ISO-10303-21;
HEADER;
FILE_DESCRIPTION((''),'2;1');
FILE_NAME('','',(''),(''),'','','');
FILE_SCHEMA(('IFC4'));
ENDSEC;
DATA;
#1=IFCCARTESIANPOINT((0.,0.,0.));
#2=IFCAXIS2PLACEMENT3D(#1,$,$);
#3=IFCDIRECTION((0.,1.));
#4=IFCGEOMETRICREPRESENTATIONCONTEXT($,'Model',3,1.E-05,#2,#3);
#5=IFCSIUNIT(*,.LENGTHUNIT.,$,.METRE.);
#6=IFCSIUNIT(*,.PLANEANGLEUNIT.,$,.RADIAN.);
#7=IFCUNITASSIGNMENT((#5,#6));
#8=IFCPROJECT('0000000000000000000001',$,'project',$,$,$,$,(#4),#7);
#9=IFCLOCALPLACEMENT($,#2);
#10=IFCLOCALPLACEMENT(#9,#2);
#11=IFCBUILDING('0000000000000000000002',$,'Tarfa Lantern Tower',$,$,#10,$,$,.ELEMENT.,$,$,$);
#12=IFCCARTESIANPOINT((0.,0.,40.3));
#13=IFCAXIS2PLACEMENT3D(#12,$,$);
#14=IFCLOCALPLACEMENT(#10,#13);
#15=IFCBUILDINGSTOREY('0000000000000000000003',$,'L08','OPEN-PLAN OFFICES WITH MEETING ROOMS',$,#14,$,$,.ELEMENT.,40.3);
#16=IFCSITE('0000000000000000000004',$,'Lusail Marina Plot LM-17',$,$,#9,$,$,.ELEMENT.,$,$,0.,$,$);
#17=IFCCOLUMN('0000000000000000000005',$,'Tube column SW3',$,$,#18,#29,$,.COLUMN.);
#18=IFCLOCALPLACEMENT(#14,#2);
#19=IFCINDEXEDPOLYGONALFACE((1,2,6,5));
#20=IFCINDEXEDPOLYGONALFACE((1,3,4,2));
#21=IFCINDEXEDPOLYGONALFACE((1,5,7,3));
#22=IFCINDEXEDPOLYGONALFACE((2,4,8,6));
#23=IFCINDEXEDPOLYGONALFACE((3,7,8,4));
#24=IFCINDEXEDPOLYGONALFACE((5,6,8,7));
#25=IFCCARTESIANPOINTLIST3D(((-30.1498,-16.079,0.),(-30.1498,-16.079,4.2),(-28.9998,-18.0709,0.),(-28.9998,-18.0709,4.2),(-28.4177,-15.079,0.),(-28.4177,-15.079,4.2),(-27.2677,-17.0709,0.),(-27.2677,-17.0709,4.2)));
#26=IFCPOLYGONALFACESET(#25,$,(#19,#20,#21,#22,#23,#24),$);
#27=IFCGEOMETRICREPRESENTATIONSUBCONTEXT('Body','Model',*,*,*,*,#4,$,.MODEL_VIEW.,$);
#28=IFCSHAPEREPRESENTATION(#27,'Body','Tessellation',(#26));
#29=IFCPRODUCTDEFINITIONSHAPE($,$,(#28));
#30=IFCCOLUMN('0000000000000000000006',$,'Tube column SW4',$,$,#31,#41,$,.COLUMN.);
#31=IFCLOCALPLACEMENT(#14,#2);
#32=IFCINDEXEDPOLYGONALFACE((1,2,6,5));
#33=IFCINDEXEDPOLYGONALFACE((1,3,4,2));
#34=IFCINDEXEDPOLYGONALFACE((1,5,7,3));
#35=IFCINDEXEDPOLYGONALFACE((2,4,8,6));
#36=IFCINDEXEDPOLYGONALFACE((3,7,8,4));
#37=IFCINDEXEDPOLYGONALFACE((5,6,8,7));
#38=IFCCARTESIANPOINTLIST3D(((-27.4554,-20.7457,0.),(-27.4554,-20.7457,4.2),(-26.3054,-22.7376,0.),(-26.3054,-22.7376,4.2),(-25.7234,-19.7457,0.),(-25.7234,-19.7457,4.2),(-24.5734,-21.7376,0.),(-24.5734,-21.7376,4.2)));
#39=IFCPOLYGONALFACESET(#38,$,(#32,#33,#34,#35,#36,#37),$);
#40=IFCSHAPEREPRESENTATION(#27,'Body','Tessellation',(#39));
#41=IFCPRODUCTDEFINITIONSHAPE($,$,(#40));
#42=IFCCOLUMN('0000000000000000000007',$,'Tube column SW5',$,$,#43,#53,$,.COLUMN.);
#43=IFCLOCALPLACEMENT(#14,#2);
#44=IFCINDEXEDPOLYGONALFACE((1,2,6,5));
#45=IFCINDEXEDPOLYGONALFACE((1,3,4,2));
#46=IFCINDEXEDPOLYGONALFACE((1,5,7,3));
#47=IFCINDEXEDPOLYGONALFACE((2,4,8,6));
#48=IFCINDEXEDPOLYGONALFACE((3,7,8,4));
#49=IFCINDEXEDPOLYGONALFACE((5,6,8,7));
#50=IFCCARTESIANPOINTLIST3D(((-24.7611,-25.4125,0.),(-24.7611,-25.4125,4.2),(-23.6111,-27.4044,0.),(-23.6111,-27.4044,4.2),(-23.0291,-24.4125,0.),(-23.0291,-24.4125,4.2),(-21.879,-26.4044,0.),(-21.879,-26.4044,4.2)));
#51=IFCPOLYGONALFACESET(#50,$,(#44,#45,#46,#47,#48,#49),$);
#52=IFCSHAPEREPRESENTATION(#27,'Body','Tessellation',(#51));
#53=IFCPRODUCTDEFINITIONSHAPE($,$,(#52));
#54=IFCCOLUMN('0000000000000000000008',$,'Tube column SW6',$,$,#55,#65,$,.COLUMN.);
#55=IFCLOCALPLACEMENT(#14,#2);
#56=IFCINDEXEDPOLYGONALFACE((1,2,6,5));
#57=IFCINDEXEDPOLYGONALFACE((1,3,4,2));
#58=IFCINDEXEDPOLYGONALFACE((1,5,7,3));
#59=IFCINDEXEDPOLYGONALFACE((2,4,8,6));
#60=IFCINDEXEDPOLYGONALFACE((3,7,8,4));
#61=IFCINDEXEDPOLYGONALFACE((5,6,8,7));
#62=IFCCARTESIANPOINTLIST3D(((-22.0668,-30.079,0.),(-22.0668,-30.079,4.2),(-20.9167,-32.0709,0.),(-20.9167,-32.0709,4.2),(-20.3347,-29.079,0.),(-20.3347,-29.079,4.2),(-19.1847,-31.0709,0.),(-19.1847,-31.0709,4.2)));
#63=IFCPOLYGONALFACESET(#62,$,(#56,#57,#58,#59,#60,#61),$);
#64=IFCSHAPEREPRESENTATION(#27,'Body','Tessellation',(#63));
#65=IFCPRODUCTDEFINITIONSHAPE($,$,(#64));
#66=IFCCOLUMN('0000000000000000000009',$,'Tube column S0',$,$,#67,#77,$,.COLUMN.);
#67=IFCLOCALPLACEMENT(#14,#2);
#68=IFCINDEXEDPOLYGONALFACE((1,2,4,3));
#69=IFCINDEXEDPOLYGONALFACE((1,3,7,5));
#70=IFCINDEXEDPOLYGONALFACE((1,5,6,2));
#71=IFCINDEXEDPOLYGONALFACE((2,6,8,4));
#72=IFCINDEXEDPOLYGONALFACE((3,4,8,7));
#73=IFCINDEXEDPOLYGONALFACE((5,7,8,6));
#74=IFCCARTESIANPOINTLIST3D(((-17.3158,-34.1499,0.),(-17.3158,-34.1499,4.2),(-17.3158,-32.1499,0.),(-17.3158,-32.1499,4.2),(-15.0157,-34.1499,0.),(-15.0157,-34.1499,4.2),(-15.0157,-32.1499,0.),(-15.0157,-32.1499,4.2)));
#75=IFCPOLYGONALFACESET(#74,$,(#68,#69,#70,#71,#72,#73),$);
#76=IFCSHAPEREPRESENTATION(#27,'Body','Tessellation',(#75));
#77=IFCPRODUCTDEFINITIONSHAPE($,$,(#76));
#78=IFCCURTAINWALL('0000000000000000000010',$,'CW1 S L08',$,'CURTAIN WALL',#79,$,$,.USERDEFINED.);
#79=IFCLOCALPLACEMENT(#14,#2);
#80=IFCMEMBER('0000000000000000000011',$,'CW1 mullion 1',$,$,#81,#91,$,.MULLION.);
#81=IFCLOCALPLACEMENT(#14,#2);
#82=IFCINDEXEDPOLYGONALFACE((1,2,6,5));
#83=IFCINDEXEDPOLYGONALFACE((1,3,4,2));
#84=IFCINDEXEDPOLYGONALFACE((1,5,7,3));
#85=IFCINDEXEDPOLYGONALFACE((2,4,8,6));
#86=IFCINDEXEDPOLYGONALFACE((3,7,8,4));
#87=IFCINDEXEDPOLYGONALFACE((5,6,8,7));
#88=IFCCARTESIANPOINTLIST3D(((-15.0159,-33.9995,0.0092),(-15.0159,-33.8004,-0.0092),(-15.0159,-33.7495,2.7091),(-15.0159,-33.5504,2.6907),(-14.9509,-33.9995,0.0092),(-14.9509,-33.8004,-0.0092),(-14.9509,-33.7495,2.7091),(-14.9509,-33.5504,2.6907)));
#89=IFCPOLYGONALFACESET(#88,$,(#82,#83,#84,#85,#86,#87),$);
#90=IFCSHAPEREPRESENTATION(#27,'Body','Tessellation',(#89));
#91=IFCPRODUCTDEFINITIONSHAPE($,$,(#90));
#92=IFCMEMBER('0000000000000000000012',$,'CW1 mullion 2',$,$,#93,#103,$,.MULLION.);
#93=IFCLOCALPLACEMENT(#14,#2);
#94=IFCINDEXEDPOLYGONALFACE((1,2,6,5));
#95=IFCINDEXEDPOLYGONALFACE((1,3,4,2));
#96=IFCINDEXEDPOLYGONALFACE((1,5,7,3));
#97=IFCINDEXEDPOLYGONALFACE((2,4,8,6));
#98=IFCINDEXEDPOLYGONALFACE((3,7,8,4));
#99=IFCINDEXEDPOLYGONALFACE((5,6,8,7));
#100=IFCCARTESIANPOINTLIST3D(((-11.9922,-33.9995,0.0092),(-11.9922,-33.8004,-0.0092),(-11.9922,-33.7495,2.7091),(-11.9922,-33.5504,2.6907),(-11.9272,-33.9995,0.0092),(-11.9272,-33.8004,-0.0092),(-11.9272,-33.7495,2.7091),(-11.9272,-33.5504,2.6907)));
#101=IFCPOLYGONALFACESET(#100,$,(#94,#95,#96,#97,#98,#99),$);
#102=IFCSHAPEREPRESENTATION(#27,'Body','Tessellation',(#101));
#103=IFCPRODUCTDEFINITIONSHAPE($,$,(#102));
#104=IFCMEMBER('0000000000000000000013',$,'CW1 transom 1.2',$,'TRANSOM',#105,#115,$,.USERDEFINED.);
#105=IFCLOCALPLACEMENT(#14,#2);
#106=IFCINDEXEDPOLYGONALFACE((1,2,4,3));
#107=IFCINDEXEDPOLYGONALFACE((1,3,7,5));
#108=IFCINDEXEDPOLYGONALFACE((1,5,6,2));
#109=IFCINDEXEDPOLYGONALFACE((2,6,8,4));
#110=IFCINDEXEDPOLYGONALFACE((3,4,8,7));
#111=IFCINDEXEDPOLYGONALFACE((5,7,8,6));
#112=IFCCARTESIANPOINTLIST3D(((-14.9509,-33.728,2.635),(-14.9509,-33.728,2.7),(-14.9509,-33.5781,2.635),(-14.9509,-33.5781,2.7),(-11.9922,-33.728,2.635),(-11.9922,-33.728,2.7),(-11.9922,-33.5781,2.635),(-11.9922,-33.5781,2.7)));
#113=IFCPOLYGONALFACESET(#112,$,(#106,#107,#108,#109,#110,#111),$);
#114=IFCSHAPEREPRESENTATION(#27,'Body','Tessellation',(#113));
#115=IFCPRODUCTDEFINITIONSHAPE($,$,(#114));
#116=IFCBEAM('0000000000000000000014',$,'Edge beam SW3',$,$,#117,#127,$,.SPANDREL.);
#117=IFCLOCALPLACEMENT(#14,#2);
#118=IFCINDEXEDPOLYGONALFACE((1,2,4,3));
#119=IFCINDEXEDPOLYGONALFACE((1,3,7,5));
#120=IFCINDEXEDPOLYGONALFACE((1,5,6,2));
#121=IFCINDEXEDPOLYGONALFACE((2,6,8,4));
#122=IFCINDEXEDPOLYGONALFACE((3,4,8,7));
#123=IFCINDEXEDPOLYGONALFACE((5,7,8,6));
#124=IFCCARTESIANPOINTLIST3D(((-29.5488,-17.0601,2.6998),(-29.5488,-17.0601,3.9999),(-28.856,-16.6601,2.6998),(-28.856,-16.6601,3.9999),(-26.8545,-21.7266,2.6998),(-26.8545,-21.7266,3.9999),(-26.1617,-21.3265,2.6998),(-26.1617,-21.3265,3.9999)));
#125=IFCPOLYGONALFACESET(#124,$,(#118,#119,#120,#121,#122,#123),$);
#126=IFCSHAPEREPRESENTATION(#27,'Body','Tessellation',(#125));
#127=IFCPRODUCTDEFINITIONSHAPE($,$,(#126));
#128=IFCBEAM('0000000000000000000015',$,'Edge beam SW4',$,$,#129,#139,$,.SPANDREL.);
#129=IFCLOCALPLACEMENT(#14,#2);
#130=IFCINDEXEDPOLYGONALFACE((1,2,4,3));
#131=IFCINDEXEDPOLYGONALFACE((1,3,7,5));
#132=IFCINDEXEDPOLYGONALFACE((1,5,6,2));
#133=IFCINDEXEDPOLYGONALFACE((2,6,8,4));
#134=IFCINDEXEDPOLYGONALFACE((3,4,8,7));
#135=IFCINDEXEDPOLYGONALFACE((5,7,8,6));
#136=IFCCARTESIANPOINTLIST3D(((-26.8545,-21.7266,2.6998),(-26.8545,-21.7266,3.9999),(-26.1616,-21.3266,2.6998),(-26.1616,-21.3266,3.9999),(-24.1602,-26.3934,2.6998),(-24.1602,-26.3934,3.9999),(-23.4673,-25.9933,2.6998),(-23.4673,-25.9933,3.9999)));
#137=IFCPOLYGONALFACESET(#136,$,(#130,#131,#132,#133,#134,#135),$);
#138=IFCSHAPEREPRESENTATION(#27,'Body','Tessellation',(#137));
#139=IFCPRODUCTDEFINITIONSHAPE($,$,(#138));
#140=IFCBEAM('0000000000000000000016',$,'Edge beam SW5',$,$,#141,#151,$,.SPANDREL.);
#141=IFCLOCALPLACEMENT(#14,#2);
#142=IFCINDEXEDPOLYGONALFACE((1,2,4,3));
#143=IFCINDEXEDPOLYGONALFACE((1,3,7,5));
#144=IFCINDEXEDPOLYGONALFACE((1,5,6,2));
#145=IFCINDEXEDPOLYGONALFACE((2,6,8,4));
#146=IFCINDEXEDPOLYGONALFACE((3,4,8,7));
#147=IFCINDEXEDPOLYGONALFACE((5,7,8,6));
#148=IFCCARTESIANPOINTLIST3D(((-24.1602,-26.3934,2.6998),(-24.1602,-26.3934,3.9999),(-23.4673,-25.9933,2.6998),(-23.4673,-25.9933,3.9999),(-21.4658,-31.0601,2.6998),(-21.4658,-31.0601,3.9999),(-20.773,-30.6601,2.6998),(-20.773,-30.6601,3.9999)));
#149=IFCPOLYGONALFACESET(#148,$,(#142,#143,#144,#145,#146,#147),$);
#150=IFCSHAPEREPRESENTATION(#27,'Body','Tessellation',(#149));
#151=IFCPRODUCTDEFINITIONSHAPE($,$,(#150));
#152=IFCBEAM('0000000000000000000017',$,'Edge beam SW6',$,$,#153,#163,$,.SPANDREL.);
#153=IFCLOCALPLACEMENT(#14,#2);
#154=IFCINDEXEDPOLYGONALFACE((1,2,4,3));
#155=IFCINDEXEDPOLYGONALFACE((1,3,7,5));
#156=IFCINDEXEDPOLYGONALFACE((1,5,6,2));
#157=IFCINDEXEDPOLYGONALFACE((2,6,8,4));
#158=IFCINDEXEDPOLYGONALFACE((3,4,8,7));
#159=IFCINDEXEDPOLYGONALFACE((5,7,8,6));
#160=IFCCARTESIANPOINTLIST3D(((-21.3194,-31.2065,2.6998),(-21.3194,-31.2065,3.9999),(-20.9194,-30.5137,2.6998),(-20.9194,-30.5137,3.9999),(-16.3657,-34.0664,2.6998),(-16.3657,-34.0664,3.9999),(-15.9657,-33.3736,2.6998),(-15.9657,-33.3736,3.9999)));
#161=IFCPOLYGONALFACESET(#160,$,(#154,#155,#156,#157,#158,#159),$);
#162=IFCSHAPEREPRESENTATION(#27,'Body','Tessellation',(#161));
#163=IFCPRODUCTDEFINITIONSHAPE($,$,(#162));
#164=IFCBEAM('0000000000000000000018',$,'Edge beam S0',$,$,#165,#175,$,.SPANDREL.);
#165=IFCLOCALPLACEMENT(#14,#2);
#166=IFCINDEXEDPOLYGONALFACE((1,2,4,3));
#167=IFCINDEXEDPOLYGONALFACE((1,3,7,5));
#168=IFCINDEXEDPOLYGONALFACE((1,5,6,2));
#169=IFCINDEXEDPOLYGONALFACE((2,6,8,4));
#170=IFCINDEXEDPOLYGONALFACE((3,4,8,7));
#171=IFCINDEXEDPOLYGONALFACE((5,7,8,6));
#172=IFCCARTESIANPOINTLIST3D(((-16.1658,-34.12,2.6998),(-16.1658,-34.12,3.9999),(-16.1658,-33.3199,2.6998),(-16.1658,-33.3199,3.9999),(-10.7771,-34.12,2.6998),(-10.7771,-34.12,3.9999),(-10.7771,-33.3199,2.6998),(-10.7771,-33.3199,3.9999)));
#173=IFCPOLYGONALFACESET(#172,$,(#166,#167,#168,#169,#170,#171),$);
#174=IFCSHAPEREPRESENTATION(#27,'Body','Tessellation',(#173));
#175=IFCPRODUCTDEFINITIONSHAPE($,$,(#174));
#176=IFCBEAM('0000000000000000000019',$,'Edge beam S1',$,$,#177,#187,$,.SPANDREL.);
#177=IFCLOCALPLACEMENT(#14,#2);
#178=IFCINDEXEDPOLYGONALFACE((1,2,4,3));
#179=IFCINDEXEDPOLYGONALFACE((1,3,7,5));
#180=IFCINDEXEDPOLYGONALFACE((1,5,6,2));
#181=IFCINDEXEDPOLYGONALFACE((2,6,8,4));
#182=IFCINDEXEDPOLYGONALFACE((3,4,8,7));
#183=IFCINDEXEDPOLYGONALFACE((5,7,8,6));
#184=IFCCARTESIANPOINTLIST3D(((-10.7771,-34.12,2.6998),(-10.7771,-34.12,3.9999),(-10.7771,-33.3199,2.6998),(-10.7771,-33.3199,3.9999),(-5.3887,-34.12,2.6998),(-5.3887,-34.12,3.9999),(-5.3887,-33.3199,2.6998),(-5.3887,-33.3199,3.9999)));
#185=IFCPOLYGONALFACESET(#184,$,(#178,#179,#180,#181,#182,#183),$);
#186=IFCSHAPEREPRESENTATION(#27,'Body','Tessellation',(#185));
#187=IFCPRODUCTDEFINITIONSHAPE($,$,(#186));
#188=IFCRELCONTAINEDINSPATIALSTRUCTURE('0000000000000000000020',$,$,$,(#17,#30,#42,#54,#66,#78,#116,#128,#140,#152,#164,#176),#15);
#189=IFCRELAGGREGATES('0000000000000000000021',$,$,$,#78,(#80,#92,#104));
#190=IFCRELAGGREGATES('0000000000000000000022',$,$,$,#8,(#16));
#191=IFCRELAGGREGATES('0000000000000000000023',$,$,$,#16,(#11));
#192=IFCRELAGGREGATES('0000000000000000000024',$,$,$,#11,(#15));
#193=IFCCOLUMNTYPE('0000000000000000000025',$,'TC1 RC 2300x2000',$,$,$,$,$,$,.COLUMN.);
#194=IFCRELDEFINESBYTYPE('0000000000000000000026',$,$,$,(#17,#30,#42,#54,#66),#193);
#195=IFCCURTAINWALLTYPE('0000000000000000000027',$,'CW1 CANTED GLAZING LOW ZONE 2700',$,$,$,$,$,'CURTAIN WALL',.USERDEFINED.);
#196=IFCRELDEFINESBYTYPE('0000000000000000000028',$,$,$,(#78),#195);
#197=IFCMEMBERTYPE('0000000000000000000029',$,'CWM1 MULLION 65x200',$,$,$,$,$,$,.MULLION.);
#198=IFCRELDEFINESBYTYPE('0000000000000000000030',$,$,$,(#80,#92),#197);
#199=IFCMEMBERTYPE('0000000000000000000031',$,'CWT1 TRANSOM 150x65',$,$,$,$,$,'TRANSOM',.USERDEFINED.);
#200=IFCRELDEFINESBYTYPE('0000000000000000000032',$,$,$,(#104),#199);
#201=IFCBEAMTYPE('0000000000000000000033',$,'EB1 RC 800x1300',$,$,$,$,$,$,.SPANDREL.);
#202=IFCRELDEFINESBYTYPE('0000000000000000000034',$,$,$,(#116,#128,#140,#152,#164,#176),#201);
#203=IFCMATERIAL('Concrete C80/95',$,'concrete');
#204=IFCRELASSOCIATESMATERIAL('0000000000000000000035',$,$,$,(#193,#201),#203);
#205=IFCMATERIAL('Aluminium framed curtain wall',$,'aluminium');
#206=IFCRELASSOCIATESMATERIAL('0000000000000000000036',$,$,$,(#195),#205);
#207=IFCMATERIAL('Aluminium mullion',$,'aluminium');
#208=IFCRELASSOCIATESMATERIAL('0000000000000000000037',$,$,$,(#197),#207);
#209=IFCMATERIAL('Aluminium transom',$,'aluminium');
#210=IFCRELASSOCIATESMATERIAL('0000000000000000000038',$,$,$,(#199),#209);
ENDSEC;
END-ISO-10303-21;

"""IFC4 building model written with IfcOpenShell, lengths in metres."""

from ifc_helpers import new_model, si_unit, direction, frame, origin, origin_2d, place, context, subcontext, project, spatial, rectangle, extrude, material, material_profile, profile_set, type_object, element, aggregate, save


model = new_model("IFC4")

# Units and contexts
model_context = context("Model", 3, precision=1e-05, world=origin(), true_north=direction((0.0, 1.0)))
body_context = subcontext(model_context, "Body", "Model", "MODEL_VIEW")
ifc_project = project(units=[si_unit("LENGTHUNIT", "METRE"), si_unit("PLANEANGLEUNIT", "RADIAN")], contexts=[model_context])

# Site, building, storey
site_placement = place(None, origin())
site = spatial("IfcSite", under=ifc_project, at=site_placement, Name="Lusail Marina Plot LM-17", CompositionType="ELEMENT", RefElevation=0.0)
building_placement = place(site_placement, origin())
building = spatial("IfcBuilding", under=site, at=building_placement, Name="Tarfa Lantern Tower", CompositionType="ELEMENT")
storey_placement = place(building_placement, frame((0.0, 0.0, 40.3)))
storey = spatial("IfcBuildingStorey", under=building, at=storey_placement, Name="L08", Description="OPEN-PLAN OFFICES WITH MEETING ROOMS", CompositionType="ELEMENT", Elevation=40.3)

# Columns
ifc_material_1 = material(Name="Concrete C80/95", Category="concrete")
ifc_material_profile_1 = material_profile(ifc_material_1, rectangle(XDim=2.3, YDim=2.0, at=origin_2d()), Name="RC 2300x2000")
ifc_profile_set_1 = profile_set([ifc_material_profile_1], Name="Concrete C80/95")
column_type = type_object("IfcColumnType", Name="TC1 RC 2300x2000", PredefinedType="COLUMN", material=ifc_profile_set_1)
for number, where, z_axis, x_axis, name in (
    (1, (-28.7087, -16.575, 0.0), (0.0, 0.0, 1.0), (0.5, -0.866025, 0.0), "Tube column SW3"),
    (2, (-26.0144, -21.2417, 0.0), (0.0, 0.0, 1.0), (0.5, -0.866025, 0.0), "Tube column SW4"),
    (3, (-23.3201, -25.9084, 0.0), (0.0, 0.0, 1.0), (0.5, -0.866025, 0.0), "Tube column SW5"),
    (4, (-20.6257, -30.575, 0.0), (0.0, 0.0, 1.0), (0.5, -0.866025, 0.0), "Tube column SW6"),
    (5, (-16.1658, -33.1499, 0.0), (0.0, 0.0, 1.0), (1.0, 0.0, 0.0), "Tube column S0"),
):
    element("IfcColumn", number, at=place(storey_placement, frame(where, z_axis=z_axis, x_axis=x_axis)), inside=storey, type_object=column_type, Name=name, PredefinedType="COLUMN", context=body_context, shape_type="SweptSolid", body=[
        extrude(rectangle(XDim=2.3, YDim=2.0, at=origin_2d()), origin(), (0.0, 0.0, 1.0), 4.2),
    ])

# Curtain wall, members
ifc_material_2 = material(Name="Aluminium framed curtain wall", Category="aluminium")
curtain_wall_type = type_object("IfcCurtainWallType", Name="CW1 CANTED GLAZING LOW ZONE 2700", ElementType="CURTAIN WALL", PredefinedType="USERDEFINED", material=ifc_material_2)
curtain_wall_placement = place(storey_placement, origin())
curtain_wall = element("IfcCurtainWall", 6, at=curtain_wall_placement, inside=storey, type_object=curtain_wall_type, Name="CW1 S L08", ObjectType="CURTAIN WALL", PredefinedType="USERDEFINED")
ifc_material_3 = material(Name="Aluminium mullion", Category="aluminium")
ifc_material_profile_2 = material_profile(ifc_material_3, rectangle(XDim=0.0649, YDim=0.2, at=origin_2d()), Name="AL MULLION 65x200")
ifc_profile_set_2 = profile_set([ifc_material_profile_2], Name="Aluminium mullion")
member_type_1 = type_object("IfcMemberType", Name="CWM1 MULLION 65x200", PredefinedType="MULLION", material=ifc_profile_set_2)
member_1_placement = place(storey_placement, frame((-14.9834, -33.8999, 0.0), z_axis=(0.0, 0.0922, 0.995741), x_axis=(-1.0, 0.0, 0.0)))
member_1 = element("IfcMember", 7, at=member_1_placement, type_object=member_type_1, Name="CW1 mullion 1", PredefinedType="MULLION", context=body_context, shape_type="SweptSolid", body=[
    extrude(rectangle(XDim=0.0649, YDim=0.2, at=origin_2d()), origin(), (0.0, 0.0, 1.0), 2.7114),
])
member_2_placement = place(storey_placement, frame((-11.9597, -33.8999, 0.0), z_axis=(0.0, 0.0922, 0.995741), x_axis=(-1.0, 0.0, 0.0)))
member_2 = element("IfcMember", 8, at=member_2_placement, type_object=member_type_1, Name="CW1 mullion 2", PredefinedType="MULLION", context=body_context, shape_type="SweptSolid", body=[
    extrude(rectangle(XDim=0.0649, YDim=0.2, at=origin_2d()), origin(), (0.0, 0.0, 1.0), 2.7114),
])
ifc_material_4 = material(Name="Aluminium transom", Category="aluminium")
ifc_material_profile_3 = material_profile(ifc_material_4, rectangle(XDim=0.1499, YDim=0.0649, at=origin_2d()), Name="AL TRANSOM 150x65")
ifc_profile_set_3 = profile_set([ifc_material_profile_3], Name="Aluminium transom")
member_type_2 = type_object("IfcMemberType", Name="CWT1 TRANSOM 150x65", ElementType="TRANSOM", PredefinedType="USERDEFINED", material=ifc_profile_set_3)
member_3_placement = place(storey_placement, frame((-14.9509, -33.6531, 2.6675), z_axis=(1.0, 0.0, 0.0), x_axis=(0.0, 1.0, 0.0)))
member_3 = element("IfcMember", 9, at=member_3_placement, type_object=member_type_2, Name="CW1 transom 1.2", ObjectType="TRANSOM", PredefinedType="USERDEFINED", context=body_context, shape_type="SweptSolid", body=[
    extrude(rectangle(XDim=0.1499, YDim=0.0649, at=origin_2d()), origin(), (0.0, 0.0, 1.0), 2.9587),
])

# Beams
ifc_material_profile_4 = material_profile(ifc_material_1, rectangle(XDim=0.8, YDim=1.3, at=origin_2d()), Name="RC 800x1300")
ifc_profile_set_4 = profile_set([ifc_material_profile_4], Name="Concrete C80/95")
beam_type_1 = type_object("IfcBeamType", Name="EB1 RC 800x1300", PredefinedType="SPANDREL", material=ifc_profile_set_4)
beam_1_placement = place(storey_placement, frame((-29.2024, -16.8601, 3.3499), z_axis=(0.500018, -0.866015, 0.0), x_axis=(0.866015, 0.500018, 0.0)))
element("IfcBeam", 10, at=beam_1_placement, inside=storey, type_object=beam_type_1, Name="Edge beam SW3", PredefinedType="SPANDREL", context=body_context, shape_type="SweptSolid", body=[
    extrude(rectangle(XDim=0.8, YDim=1.3, at=origin_2d()), origin(), (0.0, 0.0, 1.0), 5.3884),
])
for number, where, z_axis, x_axis, name in (
    (11, (-26.5081, -21.5266, 3.3499), (0.499998, -0.866026, 0.0), (0.866026, 0.499998, 0.0), "Edge beam SW4"),
    (12, (-23.8137, -26.1934, 3.3499), (0.499998, -0.866026, 0.0), (0.866026, 0.499998, 0.0), "Edge beam SW5"),
):
    element("IfcBeam", number, at=place(storey_placement, frame(where, z_axis=z_axis, x_axis=x_axis)), inside=storey, type_object=beam_type_1, Name=name, PredefinedType="SPANDREL", context=body_context, shape_type="SweptSolid", body=[
        extrude(rectangle(XDim=0.8, YDim=1.3, at=origin_2d()), origin(), (0.0, 0.0, 1.0), 5.3887),
    ])
beam_2_placement = place(storey_placement, frame((-21.1194, -30.8601, 3.3499), z_axis=(0.866033, -0.499986, 0.0), x_axis=(0.499986, 0.866033, 0.0)))
element("IfcBeam", 13, at=beam_2_placement, inside=storey, type_object=beam_type_1, Name="Edge beam SW6", PredefinedType="SPANDREL", context=body_context, shape_type="SweptSolid", body=[
    extrude(rectangle(XDim=0.8, YDim=1.3, at=origin_2d()), origin(), (0.0, 0.0, 1.0), 5.72),
])
beam_3_placement = place(storey_placement, frame((-16.1658, -33.72, 3.3499), z_axis=(1.0, 0.0, 0.0), x_axis=(0.0, 1.0, 0.0)))
element("IfcBeam", 14, at=beam_3_placement, inside=storey, type_object=beam_type_1, Name="Edge beam S0", PredefinedType="SPANDREL", context=body_context, shape_type="SweptSolid", body=[
    extrude(rectangle(XDim=0.8, YDim=1.3, at=origin_2d()), origin(), (0.0, 0.0, 1.0), 5.3887),
])
beam_4_placement = place(storey_placement, frame((-10.7771, -33.72, 3.3499), z_axis=(1.0, 0.0, 0.0), x_axis=(0.0, 1.0, 0.0)))
element("IfcBeam", 15, at=beam_4_placement, inside=storey, type_object=beam_type_1, Name="Edge beam S1", PredefinedType="SPANDREL", context=body_context, shape_type="SweptSolid", body=[
    extrude(rectangle(XDim=0.8, YDim=1.3, at=origin_2d()), origin(), (0.0, 0.0, 1.0), 5.3884),
])

aggregate(curtain_wall, [member_1, member_2, member_3])

save(model, "model.ifc")
